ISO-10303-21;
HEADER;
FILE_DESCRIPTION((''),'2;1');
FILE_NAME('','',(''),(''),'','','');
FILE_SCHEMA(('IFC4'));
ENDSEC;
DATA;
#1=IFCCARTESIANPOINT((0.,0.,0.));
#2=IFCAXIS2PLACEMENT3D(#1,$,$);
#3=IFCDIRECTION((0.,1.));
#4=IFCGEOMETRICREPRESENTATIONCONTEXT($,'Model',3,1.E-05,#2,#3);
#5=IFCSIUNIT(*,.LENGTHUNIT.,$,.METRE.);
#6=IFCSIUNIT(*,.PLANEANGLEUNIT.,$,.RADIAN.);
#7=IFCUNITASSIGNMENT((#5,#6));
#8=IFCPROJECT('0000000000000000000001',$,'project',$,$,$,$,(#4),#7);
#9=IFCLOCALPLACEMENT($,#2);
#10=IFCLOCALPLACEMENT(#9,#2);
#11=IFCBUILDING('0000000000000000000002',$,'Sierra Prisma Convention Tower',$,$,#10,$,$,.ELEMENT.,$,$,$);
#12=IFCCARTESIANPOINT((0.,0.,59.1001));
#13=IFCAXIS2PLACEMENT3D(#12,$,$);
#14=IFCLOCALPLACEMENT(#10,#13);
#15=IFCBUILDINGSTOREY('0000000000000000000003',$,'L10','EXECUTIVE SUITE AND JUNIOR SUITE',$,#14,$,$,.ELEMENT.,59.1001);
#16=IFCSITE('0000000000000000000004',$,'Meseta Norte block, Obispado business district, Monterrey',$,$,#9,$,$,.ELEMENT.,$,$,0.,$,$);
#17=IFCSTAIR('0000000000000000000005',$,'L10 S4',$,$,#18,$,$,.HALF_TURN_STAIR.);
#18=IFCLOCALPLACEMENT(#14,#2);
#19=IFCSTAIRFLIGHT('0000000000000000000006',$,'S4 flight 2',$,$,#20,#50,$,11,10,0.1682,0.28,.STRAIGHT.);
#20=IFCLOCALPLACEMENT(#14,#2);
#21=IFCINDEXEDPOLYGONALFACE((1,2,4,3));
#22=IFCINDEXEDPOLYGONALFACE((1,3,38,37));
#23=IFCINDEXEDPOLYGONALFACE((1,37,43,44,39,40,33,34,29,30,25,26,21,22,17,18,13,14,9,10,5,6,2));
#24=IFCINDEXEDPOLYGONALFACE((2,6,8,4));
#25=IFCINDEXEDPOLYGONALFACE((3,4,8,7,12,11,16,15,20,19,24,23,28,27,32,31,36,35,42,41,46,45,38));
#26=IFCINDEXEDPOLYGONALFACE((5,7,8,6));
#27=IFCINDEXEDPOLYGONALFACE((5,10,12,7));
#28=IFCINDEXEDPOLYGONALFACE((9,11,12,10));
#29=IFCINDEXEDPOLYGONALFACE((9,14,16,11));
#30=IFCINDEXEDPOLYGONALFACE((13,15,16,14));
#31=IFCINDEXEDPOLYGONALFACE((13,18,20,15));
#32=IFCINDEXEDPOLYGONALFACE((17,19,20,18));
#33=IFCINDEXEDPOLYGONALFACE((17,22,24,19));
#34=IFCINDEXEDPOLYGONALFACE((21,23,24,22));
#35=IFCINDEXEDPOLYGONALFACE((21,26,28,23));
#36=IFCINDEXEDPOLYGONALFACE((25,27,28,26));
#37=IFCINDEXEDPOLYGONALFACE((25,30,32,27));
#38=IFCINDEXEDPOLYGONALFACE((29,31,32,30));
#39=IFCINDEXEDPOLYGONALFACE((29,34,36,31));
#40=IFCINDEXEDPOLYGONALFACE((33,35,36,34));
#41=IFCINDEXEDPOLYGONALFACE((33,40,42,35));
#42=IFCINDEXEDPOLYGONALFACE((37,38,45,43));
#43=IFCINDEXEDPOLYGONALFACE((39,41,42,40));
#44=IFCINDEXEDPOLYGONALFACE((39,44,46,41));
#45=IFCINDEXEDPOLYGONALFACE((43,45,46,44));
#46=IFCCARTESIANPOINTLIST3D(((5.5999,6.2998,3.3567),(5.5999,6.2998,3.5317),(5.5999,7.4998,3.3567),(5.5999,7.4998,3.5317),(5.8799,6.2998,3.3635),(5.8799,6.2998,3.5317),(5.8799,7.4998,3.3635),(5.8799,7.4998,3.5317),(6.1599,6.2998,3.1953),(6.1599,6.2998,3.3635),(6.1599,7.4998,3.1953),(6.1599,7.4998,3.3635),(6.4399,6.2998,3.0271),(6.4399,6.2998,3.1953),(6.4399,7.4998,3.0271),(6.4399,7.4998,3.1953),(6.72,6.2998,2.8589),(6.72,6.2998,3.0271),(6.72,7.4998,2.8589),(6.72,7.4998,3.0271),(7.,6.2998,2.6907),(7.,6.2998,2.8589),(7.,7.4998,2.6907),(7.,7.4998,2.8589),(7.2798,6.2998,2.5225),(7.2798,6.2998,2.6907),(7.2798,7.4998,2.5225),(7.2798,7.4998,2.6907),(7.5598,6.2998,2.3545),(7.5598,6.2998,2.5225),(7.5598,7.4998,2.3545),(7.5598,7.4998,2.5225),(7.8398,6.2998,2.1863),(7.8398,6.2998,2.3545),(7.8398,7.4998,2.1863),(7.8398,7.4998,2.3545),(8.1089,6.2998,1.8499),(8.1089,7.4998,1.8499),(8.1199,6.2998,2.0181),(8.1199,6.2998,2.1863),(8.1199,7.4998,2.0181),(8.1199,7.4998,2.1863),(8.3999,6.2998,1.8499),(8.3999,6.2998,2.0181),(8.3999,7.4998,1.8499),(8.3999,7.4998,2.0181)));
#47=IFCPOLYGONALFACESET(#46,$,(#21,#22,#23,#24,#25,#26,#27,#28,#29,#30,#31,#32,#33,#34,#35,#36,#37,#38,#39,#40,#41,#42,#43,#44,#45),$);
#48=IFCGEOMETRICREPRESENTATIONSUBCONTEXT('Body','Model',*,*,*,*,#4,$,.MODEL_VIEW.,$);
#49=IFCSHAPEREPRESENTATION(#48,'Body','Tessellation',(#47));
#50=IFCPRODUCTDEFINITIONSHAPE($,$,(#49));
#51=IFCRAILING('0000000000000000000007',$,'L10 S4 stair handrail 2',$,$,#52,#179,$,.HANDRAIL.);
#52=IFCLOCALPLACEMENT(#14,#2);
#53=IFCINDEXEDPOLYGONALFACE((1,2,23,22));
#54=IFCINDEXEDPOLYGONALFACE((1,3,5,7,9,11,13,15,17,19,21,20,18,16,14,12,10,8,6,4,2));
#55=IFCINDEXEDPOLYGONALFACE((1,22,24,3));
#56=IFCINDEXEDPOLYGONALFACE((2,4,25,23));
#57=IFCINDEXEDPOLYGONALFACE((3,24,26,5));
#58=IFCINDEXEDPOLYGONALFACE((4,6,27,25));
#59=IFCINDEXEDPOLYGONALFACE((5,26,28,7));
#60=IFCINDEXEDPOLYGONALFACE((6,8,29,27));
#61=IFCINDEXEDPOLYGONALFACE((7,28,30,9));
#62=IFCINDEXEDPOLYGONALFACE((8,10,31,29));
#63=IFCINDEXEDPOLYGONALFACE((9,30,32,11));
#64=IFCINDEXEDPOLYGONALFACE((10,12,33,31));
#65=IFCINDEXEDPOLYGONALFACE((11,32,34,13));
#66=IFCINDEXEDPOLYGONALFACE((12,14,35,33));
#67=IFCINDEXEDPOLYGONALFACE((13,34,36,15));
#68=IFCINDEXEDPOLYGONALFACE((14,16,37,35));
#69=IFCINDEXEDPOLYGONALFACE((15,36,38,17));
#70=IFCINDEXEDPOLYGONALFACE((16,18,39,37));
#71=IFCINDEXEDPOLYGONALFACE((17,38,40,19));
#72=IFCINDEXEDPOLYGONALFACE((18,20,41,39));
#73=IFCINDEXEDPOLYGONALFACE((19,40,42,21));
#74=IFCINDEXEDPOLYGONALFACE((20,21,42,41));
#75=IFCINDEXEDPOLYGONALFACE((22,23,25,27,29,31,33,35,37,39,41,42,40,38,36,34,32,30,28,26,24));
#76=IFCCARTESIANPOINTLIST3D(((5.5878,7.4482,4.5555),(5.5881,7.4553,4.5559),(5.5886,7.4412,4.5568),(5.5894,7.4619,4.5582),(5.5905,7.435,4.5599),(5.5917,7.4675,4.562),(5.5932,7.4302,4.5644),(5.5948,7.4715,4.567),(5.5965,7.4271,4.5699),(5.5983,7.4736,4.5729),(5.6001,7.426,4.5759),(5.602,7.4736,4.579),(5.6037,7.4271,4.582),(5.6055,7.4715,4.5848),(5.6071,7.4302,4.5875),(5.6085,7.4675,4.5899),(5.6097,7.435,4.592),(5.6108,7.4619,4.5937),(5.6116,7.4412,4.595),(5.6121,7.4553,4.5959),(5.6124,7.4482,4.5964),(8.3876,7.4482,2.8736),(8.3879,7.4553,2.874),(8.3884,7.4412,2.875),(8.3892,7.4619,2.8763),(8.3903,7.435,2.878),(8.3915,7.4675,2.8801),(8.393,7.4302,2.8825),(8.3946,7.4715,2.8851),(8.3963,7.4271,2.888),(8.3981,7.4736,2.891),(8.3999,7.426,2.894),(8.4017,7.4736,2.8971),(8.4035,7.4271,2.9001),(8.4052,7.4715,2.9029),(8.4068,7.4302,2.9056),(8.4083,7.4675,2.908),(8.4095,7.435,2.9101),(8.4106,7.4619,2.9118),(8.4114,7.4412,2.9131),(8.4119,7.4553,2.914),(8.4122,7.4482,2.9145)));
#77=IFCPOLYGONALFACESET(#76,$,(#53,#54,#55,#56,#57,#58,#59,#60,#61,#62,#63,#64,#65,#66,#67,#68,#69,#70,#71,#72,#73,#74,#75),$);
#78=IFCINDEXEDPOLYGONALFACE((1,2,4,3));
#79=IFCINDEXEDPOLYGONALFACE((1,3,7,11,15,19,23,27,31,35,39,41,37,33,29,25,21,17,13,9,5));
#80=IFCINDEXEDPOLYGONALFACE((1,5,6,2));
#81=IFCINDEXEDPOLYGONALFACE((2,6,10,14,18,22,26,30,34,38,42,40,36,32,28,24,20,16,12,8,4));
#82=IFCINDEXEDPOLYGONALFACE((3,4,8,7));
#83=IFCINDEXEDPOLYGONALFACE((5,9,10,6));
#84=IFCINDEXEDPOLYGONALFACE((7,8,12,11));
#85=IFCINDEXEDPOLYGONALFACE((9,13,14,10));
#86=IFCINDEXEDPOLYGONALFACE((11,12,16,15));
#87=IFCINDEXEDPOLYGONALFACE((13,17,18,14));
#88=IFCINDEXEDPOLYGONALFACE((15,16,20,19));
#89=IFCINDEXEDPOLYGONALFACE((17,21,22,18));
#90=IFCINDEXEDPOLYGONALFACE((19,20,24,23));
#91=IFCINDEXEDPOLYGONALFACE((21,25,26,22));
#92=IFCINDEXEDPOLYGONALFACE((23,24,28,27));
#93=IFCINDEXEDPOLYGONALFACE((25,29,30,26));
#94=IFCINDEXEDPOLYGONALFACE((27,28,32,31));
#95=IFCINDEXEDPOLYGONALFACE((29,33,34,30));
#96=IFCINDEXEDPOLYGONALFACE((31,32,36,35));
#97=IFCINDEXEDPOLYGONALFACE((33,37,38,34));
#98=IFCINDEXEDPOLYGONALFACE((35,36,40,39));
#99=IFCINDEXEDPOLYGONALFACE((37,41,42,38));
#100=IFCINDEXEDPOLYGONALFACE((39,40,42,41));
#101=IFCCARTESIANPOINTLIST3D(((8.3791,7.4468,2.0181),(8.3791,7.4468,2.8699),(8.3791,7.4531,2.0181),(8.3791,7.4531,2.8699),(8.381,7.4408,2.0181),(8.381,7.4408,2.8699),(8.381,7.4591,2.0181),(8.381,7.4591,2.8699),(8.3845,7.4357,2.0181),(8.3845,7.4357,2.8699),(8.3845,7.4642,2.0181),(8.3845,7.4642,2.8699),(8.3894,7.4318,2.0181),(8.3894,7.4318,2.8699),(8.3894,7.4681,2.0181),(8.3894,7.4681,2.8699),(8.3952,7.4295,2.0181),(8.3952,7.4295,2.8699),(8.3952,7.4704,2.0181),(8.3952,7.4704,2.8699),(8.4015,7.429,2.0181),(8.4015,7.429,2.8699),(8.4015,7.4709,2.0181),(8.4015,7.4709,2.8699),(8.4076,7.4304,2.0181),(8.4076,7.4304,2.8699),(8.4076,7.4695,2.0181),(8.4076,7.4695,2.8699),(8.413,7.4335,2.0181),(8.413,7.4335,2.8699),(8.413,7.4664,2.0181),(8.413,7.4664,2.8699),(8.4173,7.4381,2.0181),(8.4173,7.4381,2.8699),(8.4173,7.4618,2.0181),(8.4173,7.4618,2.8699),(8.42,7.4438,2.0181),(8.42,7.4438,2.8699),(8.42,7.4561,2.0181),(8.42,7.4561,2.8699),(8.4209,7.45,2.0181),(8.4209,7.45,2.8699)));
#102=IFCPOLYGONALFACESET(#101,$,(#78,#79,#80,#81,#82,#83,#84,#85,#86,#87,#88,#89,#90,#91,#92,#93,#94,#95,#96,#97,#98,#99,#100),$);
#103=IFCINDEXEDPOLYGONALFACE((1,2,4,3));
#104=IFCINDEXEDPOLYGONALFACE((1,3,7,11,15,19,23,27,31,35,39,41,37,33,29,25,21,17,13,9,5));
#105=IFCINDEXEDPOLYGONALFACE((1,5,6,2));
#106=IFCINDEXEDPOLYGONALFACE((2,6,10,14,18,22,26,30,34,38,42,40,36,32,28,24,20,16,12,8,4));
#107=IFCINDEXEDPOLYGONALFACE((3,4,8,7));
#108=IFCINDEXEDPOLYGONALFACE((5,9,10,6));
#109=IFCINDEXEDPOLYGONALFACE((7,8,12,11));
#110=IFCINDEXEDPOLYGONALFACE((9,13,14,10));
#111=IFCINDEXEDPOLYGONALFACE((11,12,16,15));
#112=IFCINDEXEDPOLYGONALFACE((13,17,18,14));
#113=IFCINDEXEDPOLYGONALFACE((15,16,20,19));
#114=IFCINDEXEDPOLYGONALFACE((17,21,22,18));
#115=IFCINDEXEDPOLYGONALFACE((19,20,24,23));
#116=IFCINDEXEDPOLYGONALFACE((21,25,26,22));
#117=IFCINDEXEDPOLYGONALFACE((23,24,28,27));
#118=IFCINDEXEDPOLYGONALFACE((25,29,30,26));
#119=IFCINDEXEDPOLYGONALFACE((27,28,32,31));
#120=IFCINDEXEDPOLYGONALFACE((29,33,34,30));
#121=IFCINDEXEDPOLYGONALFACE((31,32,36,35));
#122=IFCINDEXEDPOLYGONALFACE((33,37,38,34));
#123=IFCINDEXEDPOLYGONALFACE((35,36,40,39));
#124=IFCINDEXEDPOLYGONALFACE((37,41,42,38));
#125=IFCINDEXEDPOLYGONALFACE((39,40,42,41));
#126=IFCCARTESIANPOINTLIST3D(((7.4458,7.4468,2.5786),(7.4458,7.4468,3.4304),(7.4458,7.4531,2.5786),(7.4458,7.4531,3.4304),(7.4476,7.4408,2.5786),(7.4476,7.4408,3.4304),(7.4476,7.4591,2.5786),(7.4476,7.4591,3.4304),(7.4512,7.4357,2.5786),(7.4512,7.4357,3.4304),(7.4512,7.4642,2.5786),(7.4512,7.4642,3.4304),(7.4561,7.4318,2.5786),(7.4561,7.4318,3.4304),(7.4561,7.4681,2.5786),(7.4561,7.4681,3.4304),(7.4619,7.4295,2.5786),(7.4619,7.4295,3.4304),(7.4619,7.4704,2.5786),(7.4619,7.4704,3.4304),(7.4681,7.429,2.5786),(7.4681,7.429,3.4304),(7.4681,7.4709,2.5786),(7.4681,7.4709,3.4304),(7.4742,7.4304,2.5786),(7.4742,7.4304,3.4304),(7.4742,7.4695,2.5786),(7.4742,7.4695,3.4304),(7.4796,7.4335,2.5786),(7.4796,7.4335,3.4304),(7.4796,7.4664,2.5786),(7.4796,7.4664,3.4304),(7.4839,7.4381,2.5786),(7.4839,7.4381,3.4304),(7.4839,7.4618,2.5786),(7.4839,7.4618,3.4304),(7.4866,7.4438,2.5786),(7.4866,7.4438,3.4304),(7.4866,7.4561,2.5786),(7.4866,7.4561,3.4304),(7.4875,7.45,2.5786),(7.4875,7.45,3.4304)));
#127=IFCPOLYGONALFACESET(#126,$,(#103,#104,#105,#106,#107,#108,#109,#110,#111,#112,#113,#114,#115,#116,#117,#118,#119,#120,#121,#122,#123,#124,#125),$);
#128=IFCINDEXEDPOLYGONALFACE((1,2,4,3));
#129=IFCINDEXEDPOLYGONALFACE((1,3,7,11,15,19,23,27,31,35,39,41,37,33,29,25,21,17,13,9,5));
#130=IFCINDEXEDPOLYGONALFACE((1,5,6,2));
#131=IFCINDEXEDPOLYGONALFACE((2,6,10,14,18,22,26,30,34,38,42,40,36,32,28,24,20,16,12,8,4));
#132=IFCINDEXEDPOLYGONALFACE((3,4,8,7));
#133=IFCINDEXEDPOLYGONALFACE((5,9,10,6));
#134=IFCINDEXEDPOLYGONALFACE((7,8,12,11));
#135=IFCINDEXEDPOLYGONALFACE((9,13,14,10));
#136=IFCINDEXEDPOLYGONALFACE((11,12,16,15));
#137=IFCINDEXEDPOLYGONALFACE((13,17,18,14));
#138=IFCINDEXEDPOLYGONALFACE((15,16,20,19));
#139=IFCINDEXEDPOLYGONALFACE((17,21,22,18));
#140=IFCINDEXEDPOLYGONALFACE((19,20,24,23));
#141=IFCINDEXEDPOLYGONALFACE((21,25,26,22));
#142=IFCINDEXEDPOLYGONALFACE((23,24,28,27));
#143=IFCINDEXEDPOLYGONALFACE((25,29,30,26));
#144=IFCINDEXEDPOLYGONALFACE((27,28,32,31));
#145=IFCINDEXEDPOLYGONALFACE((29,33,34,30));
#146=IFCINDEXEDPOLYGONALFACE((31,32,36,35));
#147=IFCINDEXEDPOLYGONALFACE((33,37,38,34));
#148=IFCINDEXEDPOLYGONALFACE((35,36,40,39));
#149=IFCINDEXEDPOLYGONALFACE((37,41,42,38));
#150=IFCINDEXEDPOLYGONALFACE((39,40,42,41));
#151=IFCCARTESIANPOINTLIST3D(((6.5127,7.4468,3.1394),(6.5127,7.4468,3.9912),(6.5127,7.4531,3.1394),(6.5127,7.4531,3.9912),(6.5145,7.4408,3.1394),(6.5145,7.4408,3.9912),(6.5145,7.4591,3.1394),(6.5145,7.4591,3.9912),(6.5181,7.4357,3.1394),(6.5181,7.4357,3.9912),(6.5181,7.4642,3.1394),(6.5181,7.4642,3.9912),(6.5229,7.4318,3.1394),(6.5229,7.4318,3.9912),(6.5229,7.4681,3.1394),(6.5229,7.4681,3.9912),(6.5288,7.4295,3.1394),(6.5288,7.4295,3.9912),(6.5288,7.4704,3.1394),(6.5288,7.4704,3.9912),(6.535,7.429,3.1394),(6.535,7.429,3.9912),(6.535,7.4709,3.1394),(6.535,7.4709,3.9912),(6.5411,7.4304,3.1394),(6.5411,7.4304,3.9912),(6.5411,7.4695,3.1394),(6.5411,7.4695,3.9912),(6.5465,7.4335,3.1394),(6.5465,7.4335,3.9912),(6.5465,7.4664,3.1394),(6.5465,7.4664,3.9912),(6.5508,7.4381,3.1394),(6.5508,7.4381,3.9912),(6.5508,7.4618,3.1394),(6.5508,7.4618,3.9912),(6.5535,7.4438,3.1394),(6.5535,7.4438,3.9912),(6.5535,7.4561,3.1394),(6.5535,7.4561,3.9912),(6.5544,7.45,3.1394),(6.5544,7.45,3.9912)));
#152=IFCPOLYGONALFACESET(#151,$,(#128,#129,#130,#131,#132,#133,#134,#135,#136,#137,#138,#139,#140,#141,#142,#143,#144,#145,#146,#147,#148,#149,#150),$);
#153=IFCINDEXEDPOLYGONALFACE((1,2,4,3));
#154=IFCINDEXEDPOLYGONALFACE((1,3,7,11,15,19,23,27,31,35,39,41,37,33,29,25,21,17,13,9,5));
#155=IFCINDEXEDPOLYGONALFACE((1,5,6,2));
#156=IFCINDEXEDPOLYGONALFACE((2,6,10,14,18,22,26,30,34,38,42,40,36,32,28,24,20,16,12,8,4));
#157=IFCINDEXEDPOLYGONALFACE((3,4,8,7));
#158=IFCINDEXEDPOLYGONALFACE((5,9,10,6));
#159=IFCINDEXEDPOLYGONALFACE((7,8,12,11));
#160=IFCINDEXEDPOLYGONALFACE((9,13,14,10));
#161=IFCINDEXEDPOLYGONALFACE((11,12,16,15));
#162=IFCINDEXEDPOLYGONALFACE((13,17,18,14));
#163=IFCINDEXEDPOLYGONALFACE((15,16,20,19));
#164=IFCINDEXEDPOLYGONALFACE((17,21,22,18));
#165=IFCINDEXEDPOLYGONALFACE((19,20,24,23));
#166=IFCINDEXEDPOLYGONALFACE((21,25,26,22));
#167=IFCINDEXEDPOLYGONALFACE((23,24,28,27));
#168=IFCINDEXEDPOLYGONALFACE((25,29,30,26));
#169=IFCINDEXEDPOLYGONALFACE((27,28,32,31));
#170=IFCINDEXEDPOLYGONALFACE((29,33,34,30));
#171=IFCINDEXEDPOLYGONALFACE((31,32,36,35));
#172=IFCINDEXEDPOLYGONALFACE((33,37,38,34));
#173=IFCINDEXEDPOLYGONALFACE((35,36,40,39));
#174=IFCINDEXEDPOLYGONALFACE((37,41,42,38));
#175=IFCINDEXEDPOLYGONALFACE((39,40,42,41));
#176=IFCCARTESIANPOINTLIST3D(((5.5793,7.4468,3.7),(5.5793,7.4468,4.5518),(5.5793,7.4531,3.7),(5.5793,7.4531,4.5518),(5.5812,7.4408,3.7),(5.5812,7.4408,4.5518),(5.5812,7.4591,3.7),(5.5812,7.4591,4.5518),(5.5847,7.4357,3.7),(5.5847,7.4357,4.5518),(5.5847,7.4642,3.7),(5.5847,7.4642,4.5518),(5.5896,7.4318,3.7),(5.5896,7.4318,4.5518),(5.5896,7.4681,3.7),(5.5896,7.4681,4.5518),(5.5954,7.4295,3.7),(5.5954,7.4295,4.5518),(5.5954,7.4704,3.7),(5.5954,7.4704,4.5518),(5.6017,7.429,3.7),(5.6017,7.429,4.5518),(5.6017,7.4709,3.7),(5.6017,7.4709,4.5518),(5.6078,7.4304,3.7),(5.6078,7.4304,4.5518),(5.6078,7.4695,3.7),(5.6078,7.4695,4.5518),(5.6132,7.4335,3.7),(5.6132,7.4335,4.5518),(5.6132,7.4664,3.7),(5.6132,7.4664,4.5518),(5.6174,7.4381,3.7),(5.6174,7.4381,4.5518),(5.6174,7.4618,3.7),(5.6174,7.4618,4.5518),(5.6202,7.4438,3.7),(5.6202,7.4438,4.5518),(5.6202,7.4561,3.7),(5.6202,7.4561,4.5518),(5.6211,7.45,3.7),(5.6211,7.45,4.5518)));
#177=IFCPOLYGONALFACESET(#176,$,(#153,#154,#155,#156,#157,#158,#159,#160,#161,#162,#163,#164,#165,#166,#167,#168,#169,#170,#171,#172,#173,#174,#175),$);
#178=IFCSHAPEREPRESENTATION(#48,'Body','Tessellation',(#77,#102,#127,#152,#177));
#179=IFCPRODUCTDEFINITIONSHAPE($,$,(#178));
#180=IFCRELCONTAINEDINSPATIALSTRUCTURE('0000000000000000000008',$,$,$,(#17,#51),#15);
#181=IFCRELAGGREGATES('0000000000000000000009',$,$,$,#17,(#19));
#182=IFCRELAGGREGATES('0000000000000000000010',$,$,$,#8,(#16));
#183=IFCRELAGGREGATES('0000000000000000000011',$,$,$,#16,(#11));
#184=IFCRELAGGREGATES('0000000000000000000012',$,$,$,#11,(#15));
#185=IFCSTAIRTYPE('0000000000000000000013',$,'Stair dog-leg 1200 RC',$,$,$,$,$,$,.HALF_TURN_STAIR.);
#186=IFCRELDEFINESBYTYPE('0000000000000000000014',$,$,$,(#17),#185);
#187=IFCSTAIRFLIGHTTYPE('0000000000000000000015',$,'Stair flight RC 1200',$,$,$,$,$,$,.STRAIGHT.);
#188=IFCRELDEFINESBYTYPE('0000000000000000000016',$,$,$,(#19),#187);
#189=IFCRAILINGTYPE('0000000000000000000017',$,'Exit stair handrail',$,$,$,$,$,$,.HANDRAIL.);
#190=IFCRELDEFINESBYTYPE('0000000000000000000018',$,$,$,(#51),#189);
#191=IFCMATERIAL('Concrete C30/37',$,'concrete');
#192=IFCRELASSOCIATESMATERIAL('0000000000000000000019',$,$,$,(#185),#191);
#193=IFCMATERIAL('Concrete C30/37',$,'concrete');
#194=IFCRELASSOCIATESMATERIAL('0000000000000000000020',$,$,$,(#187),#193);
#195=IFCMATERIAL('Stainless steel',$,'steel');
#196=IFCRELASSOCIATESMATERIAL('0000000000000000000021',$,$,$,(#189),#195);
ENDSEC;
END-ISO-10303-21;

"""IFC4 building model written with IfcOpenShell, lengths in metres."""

from ifc_helpers import new_model, si_unit, direction, frame, origin, origin_2d, place, context, subcontext, project, spatial, polyline, circle, outline, extrude, material, type_object, element, aggregate, save


model = new_model("IFC4")

# Units and contexts
model_context = context("Model", 3, precision=1e-05, world=origin(), true_north=direction((0.0, 1.0)))
body_context = subcontext(model_context, "Body", "Model", "MODEL_VIEW")
ifc_project = project(units=[si_unit("LENGTHUNIT", "METRE"), si_unit("PLANEANGLEUNIT", "RADIAN")], contexts=[model_context])

# Site, building, storey
site_placement = place(None, origin())
site = spatial("IfcSite", under=ifc_project, at=site_placement, Name="Meseta Norte block, Obispado business district, Monterrey", CompositionType="ELEMENT", RefElevation=0.0)
building_placement = place(site_placement, origin())
building = spatial("IfcBuilding", under=site, at=building_placement, Name="Sierra Prisma Convention Tower", CompositionType="ELEMENT")
storey_placement = place(building_placement, frame((0.0, 0.0, 59.1001)))
storey = spatial("IfcBuildingStorey", under=building, at=storey_placement, Name="L10", Description="EXECUTIVE SUITE AND JUNIOR SUITE", CompositionType="ELEMENT", Elevation=59.1001)

# Stair, stair flight
ifc_material_1 = material(Name="Concrete C30/37", Category="concrete")
stair_type = type_object("IfcStairType", Name="Stair dog-leg 1200 RC", PredefinedType="HALF_TURN_STAIR", material=ifc_material_1)
stair_placement = place(storey_placement, origin())
stair = element("IfcStair", 1, at=stair_placement, inside=storey, type_object=stair_type, Name="L10 S4", PredefinedType="HALF_TURN_STAIR")
ifc_material_2 = material(Name="Concrete C30/37", Category="concrete")
stair_flight_type = type_object("IfcStairFlightType", Name="Stair flight RC 1200", PredefinedType="STRAIGHT", material=ifc_material_2)
stair_flight_placement = place(storey_placement, frame((8.3999, 6.8999, 1.8499), z_axis=(0.0, 0.0, 1.0), x_axis=(-1.0, 0.0, 0.0)))
stair_flight = element("IfcStairFlight", 2, at=stair_flight_placement, type_object=stair_flight_type, Name="S4 flight 2", NumberOfRisers=11, NumberOfTreads=10, PredefinedType="STRAIGHT", RiserHeight=0.1682, TreadLength=0.28, context=body_context, shape_type="SweptSolid", body=[
    extrude(outline(polyline([(0.0, 0.0), (0.0, 0.1682), (0.28, 0.1682), (0.28, 0.3364), (0.5601, 0.3364), (0.5601, 0.5046), (0.8401, 0.5046), (0.8401, 0.6726), (1.1201, 0.6726), (1.1201, 0.8408), (1.3999, 0.8408), (1.3999, 1.009), (1.6799, 1.009), (1.6799, 1.1772), (1.96, 1.1772), (1.96, 1.3455), (2.24, 1.3455), (2.24, 1.5137), (2.52, 1.5137), (2.52, 1.6819), (2.8, 1.6819), (2.8, 1.8501), (2.8, 1.5068), (0.291, 0.0), (0.0, 0.0)])), frame((0.0, 0.6001, 0.0), z_axis=(0.0, -1.0, 0.0), x_axis=(1.0, 0.0, 0.0)), (0.0, 0.0, 1.0), 1.2),
])
aggregate(stair, [stair_flight])

# Railing
ifc_material_3 = material(Name="Stainless steel", Category="steel")
railing_type_1 = type_object("IfcRailingType", Name="Exit stair handrail", PredefinedType="HANDRAIL", material=ifc_material_3)
railing_1_placement = place(storey_placement, frame((8.3999, 7.45, 2.0181)))
element("IfcRailing", 3, at=railing_1_placement, inside=storey, type_object=railing_type_1, Name="L10 S4 stair handrail 2", PredefinedType="HANDRAIL", context=body_context, shape_type="SweptSolid", body=[
    extrude(circle(Radius=0.0239, at=origin_2d()), frame((0.0, 0.0, 0.876), z_axis=(-0.857222, 0.0, 0.514946), x_axis=(0.0, -1.0, 0.0)), (0.0, 0.0, 1.0), 3.2661),
    extrude(circle(Radius=0.021, at=origin_2d()), origin(), (0.0, 0.0, 1.0), 0.8518),
    extrude(circle(Radius=0.021, at=origin_2d()), frame((-0.9333, 0.0, 0.5605)), (0.0, 0.0, 1.0), 0.8518),
    extrude(circle(Radius=0.021, at=origin_2d()), frame((-1.8665, 0.0, 1.1213)), (0.0, 0.0, 1.0), 0.8518),
    extrude(circle(Radius=0.021, at=origin_2d()), frame((-2.7998, 0.0, 1.6819)), (0.0, 0.0, 1.0), 0.8518),
])

save(model, "model.ifc")
